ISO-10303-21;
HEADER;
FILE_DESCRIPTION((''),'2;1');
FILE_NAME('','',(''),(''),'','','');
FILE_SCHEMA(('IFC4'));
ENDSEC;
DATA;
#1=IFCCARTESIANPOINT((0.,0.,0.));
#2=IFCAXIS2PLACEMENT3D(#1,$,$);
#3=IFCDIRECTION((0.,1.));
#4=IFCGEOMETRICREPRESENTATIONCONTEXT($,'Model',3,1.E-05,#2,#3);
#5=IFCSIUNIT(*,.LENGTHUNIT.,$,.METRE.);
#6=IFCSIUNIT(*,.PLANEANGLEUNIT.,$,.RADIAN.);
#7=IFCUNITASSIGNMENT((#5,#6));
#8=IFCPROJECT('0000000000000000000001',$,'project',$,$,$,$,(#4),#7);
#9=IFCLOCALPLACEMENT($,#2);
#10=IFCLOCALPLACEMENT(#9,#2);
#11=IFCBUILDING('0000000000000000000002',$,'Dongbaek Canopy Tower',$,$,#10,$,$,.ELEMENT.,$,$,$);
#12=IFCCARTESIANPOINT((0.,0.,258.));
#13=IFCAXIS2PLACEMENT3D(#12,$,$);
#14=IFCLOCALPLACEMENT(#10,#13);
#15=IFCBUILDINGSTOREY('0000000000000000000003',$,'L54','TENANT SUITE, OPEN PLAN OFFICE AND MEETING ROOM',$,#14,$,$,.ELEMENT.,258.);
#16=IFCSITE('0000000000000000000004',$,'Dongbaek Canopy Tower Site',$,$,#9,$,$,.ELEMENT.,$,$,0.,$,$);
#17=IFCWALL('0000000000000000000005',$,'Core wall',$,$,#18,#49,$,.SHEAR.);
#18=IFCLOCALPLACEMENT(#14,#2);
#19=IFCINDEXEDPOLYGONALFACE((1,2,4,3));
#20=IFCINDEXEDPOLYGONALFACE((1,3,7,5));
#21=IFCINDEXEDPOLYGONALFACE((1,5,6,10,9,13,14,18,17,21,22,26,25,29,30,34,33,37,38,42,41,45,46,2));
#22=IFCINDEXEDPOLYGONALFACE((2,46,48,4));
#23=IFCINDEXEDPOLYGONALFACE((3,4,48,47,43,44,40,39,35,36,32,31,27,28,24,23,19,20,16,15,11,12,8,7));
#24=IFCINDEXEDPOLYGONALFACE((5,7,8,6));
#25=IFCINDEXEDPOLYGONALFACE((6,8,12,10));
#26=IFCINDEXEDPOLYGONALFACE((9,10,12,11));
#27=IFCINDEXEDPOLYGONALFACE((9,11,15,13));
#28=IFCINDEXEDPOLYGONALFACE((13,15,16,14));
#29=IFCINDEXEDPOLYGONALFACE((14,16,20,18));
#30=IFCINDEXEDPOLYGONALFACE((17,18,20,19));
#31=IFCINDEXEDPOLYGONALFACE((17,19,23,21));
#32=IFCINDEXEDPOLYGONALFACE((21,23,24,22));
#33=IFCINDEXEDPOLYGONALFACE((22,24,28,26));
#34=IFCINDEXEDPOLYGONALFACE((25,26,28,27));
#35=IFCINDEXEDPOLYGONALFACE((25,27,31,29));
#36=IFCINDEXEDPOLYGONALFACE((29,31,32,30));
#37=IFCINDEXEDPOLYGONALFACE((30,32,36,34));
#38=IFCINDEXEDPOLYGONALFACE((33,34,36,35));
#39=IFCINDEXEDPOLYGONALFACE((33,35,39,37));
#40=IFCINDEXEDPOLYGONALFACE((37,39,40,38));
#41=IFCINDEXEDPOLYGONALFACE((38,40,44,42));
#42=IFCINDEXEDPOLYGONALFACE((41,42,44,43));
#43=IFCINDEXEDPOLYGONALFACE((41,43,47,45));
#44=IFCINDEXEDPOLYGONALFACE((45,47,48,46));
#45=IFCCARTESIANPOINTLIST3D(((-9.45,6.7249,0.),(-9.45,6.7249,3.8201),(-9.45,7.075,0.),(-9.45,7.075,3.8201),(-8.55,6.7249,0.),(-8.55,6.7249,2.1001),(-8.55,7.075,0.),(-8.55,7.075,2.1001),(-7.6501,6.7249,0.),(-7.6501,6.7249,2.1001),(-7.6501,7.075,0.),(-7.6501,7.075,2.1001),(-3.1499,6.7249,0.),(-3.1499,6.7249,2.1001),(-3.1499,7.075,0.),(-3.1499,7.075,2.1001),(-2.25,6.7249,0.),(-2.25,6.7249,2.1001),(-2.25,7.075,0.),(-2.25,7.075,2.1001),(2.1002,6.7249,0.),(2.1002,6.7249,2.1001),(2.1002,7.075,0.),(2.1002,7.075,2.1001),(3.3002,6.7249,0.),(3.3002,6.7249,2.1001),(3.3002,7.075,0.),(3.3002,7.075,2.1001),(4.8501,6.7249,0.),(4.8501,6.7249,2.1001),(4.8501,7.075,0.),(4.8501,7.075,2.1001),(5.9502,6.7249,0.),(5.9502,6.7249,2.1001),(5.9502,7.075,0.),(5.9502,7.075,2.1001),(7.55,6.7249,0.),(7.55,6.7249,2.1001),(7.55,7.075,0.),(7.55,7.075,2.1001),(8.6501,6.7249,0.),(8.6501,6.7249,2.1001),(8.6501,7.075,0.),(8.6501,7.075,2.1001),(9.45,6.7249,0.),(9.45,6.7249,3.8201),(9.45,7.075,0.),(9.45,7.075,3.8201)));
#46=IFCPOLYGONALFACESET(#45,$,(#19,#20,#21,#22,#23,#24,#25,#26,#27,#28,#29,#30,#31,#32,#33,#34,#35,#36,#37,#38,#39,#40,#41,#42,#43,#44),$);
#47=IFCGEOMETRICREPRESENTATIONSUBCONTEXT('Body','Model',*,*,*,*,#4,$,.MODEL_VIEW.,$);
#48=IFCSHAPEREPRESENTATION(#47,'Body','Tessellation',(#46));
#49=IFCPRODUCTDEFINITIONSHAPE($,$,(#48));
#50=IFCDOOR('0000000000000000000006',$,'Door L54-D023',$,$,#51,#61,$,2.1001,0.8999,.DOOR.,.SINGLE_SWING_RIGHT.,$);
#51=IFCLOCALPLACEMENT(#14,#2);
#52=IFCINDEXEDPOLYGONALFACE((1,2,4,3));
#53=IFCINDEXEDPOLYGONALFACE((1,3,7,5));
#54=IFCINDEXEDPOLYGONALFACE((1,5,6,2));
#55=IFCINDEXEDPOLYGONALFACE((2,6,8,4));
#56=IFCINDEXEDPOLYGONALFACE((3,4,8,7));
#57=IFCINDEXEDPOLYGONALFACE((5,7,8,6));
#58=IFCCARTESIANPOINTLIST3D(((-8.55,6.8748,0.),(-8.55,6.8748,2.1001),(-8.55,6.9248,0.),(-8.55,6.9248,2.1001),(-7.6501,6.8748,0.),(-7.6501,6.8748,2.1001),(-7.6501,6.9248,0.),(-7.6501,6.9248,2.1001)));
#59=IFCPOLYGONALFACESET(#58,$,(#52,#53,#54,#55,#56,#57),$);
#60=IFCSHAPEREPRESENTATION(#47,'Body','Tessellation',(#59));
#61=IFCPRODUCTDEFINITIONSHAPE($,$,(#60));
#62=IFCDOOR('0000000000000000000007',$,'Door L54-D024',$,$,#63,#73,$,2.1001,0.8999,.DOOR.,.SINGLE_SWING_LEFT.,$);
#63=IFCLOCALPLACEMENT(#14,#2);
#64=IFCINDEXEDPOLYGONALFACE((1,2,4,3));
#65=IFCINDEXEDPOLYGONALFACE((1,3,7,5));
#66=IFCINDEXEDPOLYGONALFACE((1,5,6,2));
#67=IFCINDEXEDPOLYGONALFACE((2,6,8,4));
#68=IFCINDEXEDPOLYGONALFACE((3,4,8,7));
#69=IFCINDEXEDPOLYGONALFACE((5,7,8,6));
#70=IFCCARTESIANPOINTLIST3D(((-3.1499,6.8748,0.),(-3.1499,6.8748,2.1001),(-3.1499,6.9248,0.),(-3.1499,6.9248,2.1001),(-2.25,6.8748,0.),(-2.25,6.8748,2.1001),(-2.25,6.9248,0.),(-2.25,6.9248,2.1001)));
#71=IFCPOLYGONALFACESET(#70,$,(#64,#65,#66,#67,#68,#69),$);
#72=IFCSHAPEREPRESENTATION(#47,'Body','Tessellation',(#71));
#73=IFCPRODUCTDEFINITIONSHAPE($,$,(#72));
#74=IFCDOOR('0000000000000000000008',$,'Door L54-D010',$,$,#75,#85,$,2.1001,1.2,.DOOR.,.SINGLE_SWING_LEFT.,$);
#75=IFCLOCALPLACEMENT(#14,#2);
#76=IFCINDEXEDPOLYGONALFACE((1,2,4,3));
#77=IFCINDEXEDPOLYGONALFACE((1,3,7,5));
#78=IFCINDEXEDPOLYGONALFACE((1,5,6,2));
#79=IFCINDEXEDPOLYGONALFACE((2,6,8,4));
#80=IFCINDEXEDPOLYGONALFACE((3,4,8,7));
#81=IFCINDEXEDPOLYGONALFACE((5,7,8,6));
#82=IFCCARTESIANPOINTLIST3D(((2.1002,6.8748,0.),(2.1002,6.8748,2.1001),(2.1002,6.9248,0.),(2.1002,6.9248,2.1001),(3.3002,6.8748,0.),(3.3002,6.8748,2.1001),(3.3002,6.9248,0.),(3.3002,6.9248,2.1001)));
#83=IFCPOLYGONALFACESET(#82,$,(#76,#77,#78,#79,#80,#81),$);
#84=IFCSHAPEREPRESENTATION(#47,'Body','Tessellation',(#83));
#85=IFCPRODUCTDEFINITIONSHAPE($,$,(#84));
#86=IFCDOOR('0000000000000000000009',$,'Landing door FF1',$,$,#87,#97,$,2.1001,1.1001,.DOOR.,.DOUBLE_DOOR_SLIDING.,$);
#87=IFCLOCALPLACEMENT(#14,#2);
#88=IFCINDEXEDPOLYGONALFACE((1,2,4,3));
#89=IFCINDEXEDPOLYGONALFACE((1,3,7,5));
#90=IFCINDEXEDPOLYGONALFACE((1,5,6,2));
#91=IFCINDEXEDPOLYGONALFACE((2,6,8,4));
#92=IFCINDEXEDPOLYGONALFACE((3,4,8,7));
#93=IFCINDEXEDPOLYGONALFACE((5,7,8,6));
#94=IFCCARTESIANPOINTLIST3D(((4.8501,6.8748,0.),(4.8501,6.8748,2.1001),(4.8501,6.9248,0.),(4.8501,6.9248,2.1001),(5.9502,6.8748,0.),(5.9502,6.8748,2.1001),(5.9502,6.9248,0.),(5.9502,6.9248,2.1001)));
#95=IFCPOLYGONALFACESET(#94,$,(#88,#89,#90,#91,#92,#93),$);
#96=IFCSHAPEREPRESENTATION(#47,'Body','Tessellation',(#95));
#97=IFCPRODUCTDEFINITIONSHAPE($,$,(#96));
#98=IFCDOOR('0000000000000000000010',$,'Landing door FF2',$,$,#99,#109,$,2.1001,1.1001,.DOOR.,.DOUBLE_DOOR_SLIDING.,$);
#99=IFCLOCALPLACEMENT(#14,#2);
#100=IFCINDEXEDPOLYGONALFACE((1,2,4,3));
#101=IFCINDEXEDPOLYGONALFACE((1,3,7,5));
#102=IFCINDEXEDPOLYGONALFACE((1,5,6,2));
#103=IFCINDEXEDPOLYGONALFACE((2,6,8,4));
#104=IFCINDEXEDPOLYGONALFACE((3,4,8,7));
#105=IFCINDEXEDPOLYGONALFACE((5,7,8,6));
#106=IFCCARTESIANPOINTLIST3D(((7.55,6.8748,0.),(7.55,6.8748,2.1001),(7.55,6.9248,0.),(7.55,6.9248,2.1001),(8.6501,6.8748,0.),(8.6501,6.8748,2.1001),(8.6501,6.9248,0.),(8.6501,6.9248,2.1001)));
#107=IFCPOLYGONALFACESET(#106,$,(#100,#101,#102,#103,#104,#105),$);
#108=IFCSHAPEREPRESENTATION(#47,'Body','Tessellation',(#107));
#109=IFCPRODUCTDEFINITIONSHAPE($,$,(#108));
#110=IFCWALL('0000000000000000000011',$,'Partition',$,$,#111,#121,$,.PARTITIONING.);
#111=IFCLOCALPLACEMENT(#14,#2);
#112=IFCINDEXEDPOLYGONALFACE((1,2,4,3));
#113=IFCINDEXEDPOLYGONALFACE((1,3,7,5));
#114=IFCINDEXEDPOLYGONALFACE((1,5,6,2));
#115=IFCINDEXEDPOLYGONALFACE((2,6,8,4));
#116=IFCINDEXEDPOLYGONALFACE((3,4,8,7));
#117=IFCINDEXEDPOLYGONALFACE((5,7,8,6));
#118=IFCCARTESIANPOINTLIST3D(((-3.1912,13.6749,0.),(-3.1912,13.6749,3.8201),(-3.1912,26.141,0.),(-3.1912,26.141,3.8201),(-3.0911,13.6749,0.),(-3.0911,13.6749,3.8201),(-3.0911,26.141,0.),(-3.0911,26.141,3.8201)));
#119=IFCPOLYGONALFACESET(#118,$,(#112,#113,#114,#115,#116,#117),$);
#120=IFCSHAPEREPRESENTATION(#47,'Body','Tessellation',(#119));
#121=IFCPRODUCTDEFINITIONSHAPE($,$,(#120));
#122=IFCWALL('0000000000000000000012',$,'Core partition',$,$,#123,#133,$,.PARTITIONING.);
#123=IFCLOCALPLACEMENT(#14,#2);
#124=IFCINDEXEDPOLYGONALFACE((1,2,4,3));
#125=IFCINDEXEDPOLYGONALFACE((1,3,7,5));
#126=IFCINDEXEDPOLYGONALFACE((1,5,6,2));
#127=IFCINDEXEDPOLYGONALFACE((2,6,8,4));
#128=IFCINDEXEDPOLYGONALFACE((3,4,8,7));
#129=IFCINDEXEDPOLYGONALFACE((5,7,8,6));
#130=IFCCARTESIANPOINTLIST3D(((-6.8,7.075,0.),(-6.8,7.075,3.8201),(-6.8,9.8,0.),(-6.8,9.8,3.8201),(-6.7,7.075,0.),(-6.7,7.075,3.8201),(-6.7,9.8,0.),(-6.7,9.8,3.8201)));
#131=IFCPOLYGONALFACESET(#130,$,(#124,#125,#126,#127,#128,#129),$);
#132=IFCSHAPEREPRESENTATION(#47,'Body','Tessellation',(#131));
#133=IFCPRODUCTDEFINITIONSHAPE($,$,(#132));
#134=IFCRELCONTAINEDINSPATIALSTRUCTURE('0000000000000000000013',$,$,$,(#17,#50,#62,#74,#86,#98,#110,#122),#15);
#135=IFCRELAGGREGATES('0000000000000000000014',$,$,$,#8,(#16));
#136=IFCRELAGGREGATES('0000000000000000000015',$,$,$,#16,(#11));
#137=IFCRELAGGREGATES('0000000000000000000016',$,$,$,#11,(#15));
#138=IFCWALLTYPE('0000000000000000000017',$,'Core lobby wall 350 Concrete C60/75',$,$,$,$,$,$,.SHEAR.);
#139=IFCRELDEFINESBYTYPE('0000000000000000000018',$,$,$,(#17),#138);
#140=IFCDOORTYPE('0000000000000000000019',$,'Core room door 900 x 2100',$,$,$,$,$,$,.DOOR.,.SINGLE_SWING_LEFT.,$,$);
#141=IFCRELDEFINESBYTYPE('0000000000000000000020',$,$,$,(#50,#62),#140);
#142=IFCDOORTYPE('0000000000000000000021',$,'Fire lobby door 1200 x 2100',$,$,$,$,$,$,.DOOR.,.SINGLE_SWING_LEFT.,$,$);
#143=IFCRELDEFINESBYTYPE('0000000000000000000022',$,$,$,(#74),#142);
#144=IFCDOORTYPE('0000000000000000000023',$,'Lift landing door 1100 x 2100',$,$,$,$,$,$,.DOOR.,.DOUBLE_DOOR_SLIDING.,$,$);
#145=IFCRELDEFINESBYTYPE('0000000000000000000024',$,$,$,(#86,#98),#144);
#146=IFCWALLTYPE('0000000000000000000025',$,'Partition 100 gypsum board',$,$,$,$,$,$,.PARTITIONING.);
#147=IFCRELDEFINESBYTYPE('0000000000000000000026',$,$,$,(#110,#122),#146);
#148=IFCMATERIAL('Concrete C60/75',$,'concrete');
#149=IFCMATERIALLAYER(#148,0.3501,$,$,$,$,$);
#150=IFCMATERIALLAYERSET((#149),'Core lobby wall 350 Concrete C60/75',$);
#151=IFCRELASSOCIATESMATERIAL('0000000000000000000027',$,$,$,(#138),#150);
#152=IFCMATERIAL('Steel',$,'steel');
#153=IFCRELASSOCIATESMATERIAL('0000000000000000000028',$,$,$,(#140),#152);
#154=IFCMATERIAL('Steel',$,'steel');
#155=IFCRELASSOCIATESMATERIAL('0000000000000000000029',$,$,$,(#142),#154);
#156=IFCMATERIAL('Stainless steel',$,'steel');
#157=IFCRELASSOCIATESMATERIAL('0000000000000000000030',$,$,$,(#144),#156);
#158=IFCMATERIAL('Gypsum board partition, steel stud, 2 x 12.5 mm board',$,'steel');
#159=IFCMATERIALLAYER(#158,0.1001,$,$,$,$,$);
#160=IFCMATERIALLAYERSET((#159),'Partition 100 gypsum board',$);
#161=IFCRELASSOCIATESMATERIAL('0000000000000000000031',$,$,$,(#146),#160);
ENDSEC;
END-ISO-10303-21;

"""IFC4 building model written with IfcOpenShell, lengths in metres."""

from ifc_helpers import new_model, si_unit, direction, frame, frame_2d, origin, place, context, subcontext, project, spatial, rectangle, extrude, material, layer, layer_set, type_object, element, fill, save


model = new_model("IFC4")

# Units and contexts
model_context = context("Model", 3, precision=1e-05, world=origin(), true_north=direction((0.0, 1.0)))
body_context = subcontext(model_context, "Body", "Model", "MODEL_VIEW")
ifc_project = project(units=[si_unit("LENGTHUNIT", "METRE"), si_unit("PLANEANGLEUNIT", "RADIAN")], contexts=[model_context])

# Site, building, storey
site_placement = place(None, origin())
site = spatial("IfcSite", under=ifc_project, at=site_placement, Name="Dongbaek Canopy Tower Site", CompositionType="ELEMENT", RefElevation=0.0)
building_placement = place(site_placement, origin())
building = spatial("IfcBuilding", under=site, at=building_placement, Name="Dongbaek Canopy Tower", CompositionType="ELEMENT")
storey_placement = place(building_placement, frame((0.0, 0.0, 258.0)))
storey = spatial("IfcBuildingStorey", under=building, at=storey_placement, Name="L54", Description="TENANT SUITE, OPEN PLAN OFFICE AND MEETING ROOM", CompositionType="ELEMENT", Elevation=258.0)

# Wall, openings, doors
ifc_material_1 = material(Name="Concrete C60/75", Category="concrete")
ifc_layer_1 = layer(ifc_material_1, 0.3501)
ifc_layer_set_1 = layer_set([ifc_layer_1], Name="Core lobby wall 350 Concrete C60/75")
wall_type_1 = type_object("IfcWallType", Name="Core lobby wall 350 Concrete C60/75", PredefinedType="SHEAR", material=ifc_layer_set_1)
wall_1_placement = place(storey_placement, frame((-9.45, 6.8999, 0.0), z_axis=(0.0, 0.0, 1.0), x_axis=(1.0, 0.0, 0.0)))
wall_1 = element("IfcWall", 1, at=wall_1_placement, inside=storey, type_object=wall_type_1, Name="Core wall", PredefinedType="SHEAR", context=body_context, shape_type="SweptSolid", body=[
    extrude(rectangle(XDim=18.8999, YDim=0.3501, at=frame_2d((9.45, 0.0))), origin(), (0.0, 0.0, 1.0), 3.8201),
])
opening_1_placement = place(wall_1_placement, frame((11.55, 0.0, 0.0)))
opening_1 = element("IfcOpeningElement", 2, at=opening_1_placement, cuts=wall_1, PredefinedType="OPENING", context=body_context, shape_type="SweptSolid", body=[
    extrude(rectangle(XDim=1.2, YDim=2.1001, at=frame_2d((0.6001, 1.05))), frame((0.0, 0.1851, 0.0), z_axis=(0.0, -1.0, 0.0), x_axis=(1.0, 0.0, 0.0)), (0.0, 0.0, 1.0), 0.3701),
])
opening_2_placement = place(wall_1_placement, frame((14.3, 0.0, 0.0)))
opening_2 = element("IfcOpeningElement", 3, at=opening_2_placement, cuts=wall_1, PredefinedType="OPENING", context=body_context, shape_type="SweptSolid", body=[
    extrude(rectangle(XDim=1.1001, YDim=2.1001, at=frame_2d((0.55, 1.05))), frame((0.0, 0.1851, 0.0), z_axis=(0.0, -1.0, 0.0), x_axis=(1.0, 0.0, 0.0)), (0.0, 0.0, 1.0), 0.3701),
])
opening_3_placement = place(wall_1_placement, frame((17.0, 0.0, 0.0)))
opening_3 = element("IfcOpeningElement", 4, at=opening_3_placement, cuts=wall_1, PredefinedType="OPENING", context=body_context, shape_type="SweptSolid", body=[
    extrude(rectangle(XDim=1.1001, YDim=2.1001, at=frame_2d((0.55, 1.05))), frame((0.0, 0.1851, 0.0), z_axis=(0.0, -1.0, 0.0), x_axis=(1.0, 0.0, 0.0)), (0.0, 0.0, 1.0), 0.3701),
])
opening_4_placement = place(wall_1_placement, frame((0.8999, 0.0, 0.0)))
opening_4 = element("IfcOpeningElement", 5, at=opening_4_placement, cuts=wall_1, PredefinedType="OPENING", context=body_context, shape_type="SweptSolid", body=[
    extrude(rectangle(XDim=0.8999, YDim=2.1001, at=frame_2d((0.45, 1.05))), frame((0.0, 0.1851, 0.0), z_axis=(0.0, -1.0, 0.0), x_axis=(1.0, 0.0, 0.0)), (0.0, 0.0, 1.0), 0.3701),
])
opening_5_placement = place(wall_1_placement, frame((6.3, 0.0, 0.0)))
opening_5 = element("IfcOpeningElement", 6, at=opening_5_placement, cuts=wall_1, PredefinedType="OPENING", context=body_context, shape_type="SweptSolid", body=[
    extrude(rectangle(XDim=0.8999, YDim=2.1001, at=frame_2d((0.45, 1.05))), frame((0.0, 0.1851, 0.0), z_axis=(0.0, -1.0, 0.0), x_axis=(1.0, 0.0, 0.0)), (0.0, 0.0, 1.0), 0.3701),
])
ifc_material_2 = material(Name="Steel", Category="steel")
door_type_1 = type_object("IfcDoorType", Name="Core room door 900 x 2100", OperationType="SINGLE_SWING_LEFT", PredefinedType="DOOR", material=ifc_material_2)
door_1_placement = place(opening_4_placement, origin())
door_1 = element("IfcDoor", 7, at=door_1_placement, inside=storey, type_object=door_type_1, Name="Door L54-D023", OperationType="SINGLE_SWING_RIGHT", OverallHeight=2.1001, OverallWidth=0.8999, PredefinedType="DOOR", context=body_context, shape_type="SweptSolid", body=[
    extrude(rectangle(XDim=0.8999, YDim=2.1001, at=frame_2d((0.45, 1.05))), frame((0.0, 0.0249, 0.0), z_axis=(0.0, -1.0, 0.0), x_axis=(1.0, 0.0, 0.0)), (0.0, 0.0, 1.0), 0.05),
])
fill(opening_4, door_1)
door_2_placement = place(opening_5_placement, origin())
door_2 = element("IfcDoor", 8, at=door_2_placement, inside=storey, type_object=door_type_1, Name="Door L54-D024", OperationType="SINGLE_SWING_LEFT", OverallHeight=2.1001, OverallWidth=0.8999, PredefinedType="DOOR", context=body_context, shape_type="SweptSolid", body=[
    extrude(rectangle(XDim=0.8999, YDim=2.1001, at=frame_2d((0.45, 1.05))), frame((0.0, 0.0249, 0.0), z_axis=(0.0, -1.0, 0.0), x_axis=(1.0, 0.0, 0.0)), (0.0, 0.0, 1.0), 0.05),
])
fill(opening_5, door_2)
ifc_material_3 = material(Name="Steel", Category="steel")
door_type_2 = type_object("IfcDoorType", Name="Fire lobby door 1200 x 2100", OperationType="SINGLE_SWING_LEFT", PredefinedType="DOOR", material=ifc_material_3)
door_3_placement = place(opening_1_placement, origin())
door_3 = element("IfcDoor", 9, at=door_3_placement, inside=storey, type_object=door_type_2, Name="Door L54-D010", OperationType="SINGLE_SWING_LEFT", OverallHeight=2.1001, OverallWidth=1.2, PredefinedType="DOOR", context=body_context, shape_type="SweptSolid", body=[
    extrude(rectangle(XDim=1.2, YDim=2.1001, at=frame_2d((0.6001, 1.05))), frame((0.0, 0.0249, 0.0), z_axis=(0.0, -1.0, 0.0), x_axis=(1.0, 0.0, 0.0)), (0.0, 0.0, 1.0), 0.05),
])
fill(opening_1, door_3)
ifc_material_4 = material(Name="Stainless steel", Category="steel")
door_type_3 = type_object("IfcDoorType", Name="Lift landing door 1100 x 2100", OperationType="DOUBLE_DOOR_SLIDING", PredefinedType="DOOR", material=ifc_material_4)
door_4_placement = place(opening_2_placement, origin())
door_4 = element("IfcDoor", 10, at=door_4_placement, inside=storey, type_object=door_type_3, Name="Landing door FF1", OperationType="DOUBLE_DOOR_SLIDING", OverallHeight=2.1001, OverallWidth=1.1001, PredefinedType="DOOR", context=body_context, shape_type="SweptSolid", body=[
    extrude(rectangle(XDim=1.1001, YDim=2.1001, at=frame_2d((0.55, 1.05))), frame((0.0, 0.0249, 0.0), z_axis=(0.0, -1.0, 0.0), x_axis=(1.0, 0.0, 0.0)), (0.0, 0.0, 1.0), 0.05),
])
fill(opening_2, door_4)
door_5_placement = place(opening_3_placement, origin())
door_5 = element("IfcDoor", 11, at=door_5_placement, inside=storey, type_object=door_type_3, Name="Landing door FF2", OperationType="DOUBLE_DOOR_SLIDING", OverallHeight=2.1001, OverallWidth=1.1001, PredefinedType="DOOR", context=body_context, shape_type="SweptSolid", body=[
    extrude(rectangle(XDim=1.1001, YDim=2.1001, at=frame_2d((0.55, 1.05))), frame((0.0, 0.0249, 0.0), z_axis=(0.0, -1.0, 0.0), x_axis=(1.0, 0.0, 0.0)), (0.0, 0.0, 1.0), 0.05),
])
fill(opening_3, door_5)

# Walls
ifc_material_5 = material(Name="Gypsum board partition, steel stud, 2 x 12.5 mm board", Category="steel")
ifc_layer_2 = layer(ifc_material_5, 0.1001)
ifc_layer_set_2 = layer_set([ifc_layer_2], Name="Partition 100 gypsum board")
wall_type_2 = type_object("IfcWallType", Name="Partition 100 gypsum board", PredefinedType="PARTITIONING", material=ifc_layer_set_2)
wall_2_placement = place(storey_placement, frame((-3.1411, 13.675, 0.0), z_axis=(0.0, 0.0, 1.0), x_axis=(0.0, 1.0, 0.0)))
element("IfcWall", 12, at=wall_2_placement, inside=storey, type_object=wall_type_2, Name="Partition", PredefinedType="PARTITIONING", context=body_context, shape_type="SweptSolid", body=[
    extrude(rectangle(XDim=12.4661, YDim=0.1001, at=frame_2d((6.2329, 0.0))), origin(), (0.0, 0.0, 1.0), 3.8201),
])
wall_3_placement = place(storey_placement, frame((-6.75, 7.075, 0.0), z_axis=(0.0, 0.0, 1.0), x_axis=(0.0, 1.0, 0.0)))
element("IfcWall", 13, at=wall_3_placement, inside=storey, type_object=wall_type_2, Name="Core partition", PredefinedType="PARTITIONING", context=body_context, shape_type="SweptSolid", body=[
    extrude(rectangle(XDim=2.7251, YDim=0.1001, at=frame_2d((1.3625, 0.0))), origin(), (0.0, 0.0, 1.0), 3.8201),
])

save(model, "model.ifc")
